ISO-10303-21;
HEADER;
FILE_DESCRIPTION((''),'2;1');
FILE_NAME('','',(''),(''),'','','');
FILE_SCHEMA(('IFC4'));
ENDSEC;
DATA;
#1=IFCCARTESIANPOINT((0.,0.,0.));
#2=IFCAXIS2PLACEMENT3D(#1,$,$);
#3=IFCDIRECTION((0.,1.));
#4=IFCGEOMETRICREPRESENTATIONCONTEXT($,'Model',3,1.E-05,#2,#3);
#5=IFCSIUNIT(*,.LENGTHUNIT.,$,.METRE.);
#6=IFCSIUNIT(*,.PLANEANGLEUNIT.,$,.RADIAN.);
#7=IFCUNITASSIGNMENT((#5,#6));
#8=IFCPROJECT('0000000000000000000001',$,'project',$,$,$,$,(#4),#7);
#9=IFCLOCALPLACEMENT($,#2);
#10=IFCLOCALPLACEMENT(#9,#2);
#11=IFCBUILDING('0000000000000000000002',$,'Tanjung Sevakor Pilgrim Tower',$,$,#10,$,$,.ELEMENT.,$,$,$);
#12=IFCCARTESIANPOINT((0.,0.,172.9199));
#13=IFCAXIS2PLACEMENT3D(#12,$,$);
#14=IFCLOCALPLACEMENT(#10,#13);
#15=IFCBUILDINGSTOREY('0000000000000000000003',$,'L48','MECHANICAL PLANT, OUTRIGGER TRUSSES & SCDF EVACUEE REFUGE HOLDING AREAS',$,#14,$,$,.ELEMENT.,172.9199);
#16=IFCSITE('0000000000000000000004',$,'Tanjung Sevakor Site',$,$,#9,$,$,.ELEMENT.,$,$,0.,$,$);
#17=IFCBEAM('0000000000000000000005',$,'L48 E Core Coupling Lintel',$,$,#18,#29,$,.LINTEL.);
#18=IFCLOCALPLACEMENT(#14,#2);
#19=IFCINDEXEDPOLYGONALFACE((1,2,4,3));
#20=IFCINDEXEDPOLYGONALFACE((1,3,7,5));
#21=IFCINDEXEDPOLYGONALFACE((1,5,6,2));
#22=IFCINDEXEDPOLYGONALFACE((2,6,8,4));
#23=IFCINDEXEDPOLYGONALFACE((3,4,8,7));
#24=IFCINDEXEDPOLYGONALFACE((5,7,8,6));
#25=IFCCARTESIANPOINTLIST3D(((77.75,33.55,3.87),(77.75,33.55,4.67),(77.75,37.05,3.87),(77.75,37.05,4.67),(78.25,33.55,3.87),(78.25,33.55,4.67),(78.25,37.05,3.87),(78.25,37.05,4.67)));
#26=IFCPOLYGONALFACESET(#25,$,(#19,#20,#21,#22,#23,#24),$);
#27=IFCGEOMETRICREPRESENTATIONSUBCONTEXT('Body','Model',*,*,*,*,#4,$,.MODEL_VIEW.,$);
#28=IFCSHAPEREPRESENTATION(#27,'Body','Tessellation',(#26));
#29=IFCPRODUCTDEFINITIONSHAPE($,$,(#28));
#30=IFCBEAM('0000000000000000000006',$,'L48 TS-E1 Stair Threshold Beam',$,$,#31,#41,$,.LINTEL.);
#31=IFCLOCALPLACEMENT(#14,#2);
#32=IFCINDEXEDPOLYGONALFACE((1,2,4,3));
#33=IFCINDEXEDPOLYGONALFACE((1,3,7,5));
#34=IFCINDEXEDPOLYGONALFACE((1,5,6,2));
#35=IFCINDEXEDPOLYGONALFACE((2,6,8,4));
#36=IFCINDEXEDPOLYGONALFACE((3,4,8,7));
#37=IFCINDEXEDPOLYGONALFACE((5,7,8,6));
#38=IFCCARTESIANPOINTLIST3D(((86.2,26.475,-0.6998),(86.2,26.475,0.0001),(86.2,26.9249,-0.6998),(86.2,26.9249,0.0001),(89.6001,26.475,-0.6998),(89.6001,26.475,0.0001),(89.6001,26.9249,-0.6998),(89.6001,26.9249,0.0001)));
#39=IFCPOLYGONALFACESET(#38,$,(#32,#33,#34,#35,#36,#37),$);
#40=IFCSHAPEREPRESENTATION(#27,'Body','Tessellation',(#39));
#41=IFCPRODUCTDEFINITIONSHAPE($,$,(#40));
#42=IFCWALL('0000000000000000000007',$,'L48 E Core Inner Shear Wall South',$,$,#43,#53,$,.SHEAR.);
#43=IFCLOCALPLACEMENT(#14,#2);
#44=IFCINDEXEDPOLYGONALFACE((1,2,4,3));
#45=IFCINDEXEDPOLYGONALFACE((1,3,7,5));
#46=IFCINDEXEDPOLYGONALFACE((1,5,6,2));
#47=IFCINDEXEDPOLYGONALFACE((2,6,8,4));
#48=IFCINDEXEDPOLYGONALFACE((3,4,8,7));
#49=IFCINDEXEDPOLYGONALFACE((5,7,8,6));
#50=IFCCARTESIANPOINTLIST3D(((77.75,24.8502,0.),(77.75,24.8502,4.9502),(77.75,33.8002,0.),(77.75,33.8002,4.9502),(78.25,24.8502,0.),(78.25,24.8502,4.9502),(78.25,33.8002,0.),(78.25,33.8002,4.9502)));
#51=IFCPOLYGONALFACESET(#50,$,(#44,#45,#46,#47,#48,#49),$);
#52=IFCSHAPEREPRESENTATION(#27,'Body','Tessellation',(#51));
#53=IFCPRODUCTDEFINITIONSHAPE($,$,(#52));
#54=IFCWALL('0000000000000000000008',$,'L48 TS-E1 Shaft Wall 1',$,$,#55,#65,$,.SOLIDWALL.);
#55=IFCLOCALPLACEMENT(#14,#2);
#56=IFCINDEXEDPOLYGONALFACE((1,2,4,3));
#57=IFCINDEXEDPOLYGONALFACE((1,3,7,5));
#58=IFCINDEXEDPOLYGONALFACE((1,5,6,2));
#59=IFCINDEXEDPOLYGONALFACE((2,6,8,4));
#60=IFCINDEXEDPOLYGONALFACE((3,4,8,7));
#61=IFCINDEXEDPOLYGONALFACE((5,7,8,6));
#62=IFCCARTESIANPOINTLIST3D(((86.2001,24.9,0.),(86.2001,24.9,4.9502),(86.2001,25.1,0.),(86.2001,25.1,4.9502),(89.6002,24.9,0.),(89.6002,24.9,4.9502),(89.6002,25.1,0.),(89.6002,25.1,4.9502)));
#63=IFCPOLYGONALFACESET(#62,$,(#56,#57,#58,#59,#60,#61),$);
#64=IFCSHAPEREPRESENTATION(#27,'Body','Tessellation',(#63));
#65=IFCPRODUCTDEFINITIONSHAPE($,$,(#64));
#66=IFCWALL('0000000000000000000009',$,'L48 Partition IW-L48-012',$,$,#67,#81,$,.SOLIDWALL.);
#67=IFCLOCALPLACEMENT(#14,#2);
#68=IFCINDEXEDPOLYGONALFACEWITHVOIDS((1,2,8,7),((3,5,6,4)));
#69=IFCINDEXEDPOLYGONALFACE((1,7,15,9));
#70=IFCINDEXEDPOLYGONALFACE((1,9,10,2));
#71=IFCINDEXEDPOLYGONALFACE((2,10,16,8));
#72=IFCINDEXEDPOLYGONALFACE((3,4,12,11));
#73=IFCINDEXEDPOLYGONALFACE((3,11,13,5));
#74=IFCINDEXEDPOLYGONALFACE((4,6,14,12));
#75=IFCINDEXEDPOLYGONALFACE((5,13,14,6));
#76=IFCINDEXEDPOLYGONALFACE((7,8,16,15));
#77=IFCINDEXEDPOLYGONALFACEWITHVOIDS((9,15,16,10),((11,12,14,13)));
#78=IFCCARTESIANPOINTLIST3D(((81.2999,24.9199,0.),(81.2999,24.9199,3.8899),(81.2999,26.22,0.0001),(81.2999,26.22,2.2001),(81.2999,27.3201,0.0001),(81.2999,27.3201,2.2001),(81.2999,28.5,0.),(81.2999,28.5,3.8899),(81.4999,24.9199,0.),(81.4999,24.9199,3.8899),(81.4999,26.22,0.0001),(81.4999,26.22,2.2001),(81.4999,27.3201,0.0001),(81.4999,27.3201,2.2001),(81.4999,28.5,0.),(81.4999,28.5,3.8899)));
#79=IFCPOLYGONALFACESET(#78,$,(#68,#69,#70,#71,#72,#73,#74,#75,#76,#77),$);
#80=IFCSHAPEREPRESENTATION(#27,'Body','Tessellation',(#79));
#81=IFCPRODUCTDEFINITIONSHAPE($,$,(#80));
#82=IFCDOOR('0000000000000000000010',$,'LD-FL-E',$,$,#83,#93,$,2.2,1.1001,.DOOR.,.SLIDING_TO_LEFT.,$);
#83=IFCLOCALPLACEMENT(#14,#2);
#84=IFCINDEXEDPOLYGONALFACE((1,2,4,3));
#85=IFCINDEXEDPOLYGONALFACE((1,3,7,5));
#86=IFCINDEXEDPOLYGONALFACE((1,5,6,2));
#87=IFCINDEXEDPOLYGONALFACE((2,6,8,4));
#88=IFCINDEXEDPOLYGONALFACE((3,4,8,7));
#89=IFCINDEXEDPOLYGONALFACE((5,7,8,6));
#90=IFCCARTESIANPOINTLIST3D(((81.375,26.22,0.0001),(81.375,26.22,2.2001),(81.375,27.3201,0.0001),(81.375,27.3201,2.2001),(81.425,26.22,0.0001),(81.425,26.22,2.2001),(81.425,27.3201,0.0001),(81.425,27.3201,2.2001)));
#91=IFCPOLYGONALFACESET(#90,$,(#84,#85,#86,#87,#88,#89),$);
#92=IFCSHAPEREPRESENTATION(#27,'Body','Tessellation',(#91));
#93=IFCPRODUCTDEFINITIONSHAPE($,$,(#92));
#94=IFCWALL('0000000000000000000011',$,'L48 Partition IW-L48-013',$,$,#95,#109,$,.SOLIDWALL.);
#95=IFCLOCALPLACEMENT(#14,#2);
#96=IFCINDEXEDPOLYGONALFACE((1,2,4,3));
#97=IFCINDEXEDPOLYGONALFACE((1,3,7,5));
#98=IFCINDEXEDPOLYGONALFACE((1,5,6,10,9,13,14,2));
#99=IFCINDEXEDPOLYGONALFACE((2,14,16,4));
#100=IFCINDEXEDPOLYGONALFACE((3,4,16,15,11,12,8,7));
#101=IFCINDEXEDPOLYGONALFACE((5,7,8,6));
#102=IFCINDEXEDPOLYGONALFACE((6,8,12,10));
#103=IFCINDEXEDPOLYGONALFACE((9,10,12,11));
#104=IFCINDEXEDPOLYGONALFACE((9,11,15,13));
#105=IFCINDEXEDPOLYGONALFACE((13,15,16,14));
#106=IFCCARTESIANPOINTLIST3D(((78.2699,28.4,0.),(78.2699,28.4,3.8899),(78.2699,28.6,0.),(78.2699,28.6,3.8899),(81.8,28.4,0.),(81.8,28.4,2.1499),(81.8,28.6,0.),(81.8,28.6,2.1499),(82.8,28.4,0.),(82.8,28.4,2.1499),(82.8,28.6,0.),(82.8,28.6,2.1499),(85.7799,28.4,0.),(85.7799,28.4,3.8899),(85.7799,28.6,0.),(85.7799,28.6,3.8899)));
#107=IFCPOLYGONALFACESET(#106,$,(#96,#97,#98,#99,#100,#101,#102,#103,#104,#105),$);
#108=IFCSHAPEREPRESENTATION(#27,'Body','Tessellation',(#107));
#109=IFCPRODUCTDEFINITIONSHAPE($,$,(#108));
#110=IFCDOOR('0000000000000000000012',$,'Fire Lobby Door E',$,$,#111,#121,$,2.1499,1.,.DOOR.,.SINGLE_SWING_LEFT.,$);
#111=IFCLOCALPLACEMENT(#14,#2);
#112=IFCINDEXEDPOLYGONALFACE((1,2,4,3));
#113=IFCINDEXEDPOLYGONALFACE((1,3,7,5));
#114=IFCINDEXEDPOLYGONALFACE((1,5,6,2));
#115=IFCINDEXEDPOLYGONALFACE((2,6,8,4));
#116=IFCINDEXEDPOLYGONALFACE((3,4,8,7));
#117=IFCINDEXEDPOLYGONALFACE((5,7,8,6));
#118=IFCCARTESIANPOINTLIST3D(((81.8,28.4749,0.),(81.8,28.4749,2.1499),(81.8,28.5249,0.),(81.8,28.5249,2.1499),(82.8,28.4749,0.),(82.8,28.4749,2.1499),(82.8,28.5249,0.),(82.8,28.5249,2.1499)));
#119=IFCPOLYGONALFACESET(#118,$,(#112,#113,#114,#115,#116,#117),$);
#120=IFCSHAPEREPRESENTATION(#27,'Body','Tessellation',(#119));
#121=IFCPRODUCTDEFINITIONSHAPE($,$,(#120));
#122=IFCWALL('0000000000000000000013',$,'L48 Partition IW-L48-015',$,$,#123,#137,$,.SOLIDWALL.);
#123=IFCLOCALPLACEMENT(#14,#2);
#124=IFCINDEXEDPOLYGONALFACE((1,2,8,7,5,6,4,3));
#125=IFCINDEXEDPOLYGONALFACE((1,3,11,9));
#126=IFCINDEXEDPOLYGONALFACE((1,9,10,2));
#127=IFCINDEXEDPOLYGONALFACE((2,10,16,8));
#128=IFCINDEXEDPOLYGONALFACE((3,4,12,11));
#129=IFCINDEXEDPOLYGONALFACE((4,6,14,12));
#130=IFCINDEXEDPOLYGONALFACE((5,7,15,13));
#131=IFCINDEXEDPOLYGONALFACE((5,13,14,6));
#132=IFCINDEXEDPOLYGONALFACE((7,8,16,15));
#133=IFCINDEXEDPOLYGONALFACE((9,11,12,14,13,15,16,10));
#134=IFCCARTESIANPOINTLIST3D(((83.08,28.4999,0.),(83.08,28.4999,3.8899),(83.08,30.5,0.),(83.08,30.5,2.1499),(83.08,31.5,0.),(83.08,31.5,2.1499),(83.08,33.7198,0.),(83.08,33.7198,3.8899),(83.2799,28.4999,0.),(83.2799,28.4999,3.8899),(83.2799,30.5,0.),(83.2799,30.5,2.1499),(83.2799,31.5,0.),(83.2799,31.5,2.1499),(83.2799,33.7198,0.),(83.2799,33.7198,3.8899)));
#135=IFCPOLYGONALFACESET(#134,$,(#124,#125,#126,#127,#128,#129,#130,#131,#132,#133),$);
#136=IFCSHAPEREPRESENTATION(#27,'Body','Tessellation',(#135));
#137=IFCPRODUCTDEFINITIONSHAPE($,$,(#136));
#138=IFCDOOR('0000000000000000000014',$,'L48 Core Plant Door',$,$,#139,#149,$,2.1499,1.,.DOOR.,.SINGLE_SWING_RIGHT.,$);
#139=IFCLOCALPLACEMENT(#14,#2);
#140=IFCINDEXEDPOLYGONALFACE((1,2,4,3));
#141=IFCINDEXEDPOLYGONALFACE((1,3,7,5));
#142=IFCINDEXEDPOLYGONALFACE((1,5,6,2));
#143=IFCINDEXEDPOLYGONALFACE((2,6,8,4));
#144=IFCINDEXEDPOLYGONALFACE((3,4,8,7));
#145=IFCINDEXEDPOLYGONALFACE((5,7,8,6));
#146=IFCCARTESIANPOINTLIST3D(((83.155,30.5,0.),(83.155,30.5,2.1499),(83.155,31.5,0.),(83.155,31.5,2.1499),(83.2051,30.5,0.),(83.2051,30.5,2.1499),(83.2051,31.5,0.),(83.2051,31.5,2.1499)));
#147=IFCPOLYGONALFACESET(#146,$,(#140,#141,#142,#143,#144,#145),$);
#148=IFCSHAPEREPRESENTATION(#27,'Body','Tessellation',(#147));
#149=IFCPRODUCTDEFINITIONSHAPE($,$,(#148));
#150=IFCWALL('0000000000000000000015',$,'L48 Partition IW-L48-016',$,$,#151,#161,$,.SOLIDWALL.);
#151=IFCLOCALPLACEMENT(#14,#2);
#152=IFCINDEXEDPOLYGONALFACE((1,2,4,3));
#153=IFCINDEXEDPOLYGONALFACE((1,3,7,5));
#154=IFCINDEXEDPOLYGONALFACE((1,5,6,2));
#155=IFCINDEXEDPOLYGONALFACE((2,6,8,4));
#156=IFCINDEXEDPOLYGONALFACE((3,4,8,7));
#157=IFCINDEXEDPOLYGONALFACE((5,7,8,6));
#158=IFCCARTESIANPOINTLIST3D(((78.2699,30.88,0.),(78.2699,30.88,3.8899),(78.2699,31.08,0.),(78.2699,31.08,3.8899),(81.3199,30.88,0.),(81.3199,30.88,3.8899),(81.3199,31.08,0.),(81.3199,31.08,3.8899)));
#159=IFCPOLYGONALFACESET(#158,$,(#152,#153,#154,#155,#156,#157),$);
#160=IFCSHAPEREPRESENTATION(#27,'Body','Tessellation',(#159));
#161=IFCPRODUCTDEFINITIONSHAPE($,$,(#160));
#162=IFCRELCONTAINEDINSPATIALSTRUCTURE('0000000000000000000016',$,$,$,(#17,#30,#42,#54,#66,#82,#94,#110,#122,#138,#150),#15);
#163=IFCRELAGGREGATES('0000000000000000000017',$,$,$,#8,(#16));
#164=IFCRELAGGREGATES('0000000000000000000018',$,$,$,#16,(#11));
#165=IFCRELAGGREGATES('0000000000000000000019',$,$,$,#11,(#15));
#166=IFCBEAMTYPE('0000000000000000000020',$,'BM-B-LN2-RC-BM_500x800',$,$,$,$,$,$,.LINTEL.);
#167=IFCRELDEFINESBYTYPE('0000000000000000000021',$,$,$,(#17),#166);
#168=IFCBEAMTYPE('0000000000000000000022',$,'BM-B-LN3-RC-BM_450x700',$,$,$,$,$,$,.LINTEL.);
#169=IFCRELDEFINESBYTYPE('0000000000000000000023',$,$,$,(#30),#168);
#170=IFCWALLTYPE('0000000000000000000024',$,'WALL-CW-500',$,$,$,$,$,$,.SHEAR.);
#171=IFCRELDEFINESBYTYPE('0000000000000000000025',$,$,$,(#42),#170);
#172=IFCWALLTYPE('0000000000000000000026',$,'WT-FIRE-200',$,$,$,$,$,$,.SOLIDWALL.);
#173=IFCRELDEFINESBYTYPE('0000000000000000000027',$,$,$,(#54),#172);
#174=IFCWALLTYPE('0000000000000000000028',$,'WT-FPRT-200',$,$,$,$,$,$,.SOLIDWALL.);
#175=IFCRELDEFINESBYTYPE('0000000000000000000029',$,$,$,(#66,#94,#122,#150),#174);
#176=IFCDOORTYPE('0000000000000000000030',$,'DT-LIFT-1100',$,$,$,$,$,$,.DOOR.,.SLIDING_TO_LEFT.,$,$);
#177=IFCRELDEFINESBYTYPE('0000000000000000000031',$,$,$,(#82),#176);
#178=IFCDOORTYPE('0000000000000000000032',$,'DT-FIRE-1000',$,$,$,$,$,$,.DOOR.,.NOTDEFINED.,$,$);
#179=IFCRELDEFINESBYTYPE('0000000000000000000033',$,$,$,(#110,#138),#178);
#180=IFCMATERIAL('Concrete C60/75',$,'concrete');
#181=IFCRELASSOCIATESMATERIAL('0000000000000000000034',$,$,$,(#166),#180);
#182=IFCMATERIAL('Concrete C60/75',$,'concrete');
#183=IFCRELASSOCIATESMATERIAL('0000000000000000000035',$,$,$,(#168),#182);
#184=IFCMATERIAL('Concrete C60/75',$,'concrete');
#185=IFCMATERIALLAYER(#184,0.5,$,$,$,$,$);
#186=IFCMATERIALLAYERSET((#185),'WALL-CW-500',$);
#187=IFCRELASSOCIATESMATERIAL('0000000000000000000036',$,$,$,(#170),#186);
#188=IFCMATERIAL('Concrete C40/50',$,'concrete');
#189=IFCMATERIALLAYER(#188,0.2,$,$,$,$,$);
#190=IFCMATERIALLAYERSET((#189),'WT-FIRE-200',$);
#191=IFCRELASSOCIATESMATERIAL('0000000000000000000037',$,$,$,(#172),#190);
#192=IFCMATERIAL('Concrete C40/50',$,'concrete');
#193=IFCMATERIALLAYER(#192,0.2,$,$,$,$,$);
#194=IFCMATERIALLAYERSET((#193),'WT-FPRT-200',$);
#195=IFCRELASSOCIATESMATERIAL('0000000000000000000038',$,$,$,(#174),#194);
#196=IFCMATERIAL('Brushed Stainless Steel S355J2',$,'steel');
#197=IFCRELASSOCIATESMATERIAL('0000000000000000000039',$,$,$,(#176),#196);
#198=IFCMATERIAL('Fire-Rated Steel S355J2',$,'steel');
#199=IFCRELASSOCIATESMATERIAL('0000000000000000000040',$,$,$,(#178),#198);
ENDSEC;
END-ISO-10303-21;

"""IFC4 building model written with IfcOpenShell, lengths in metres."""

from ifc_helpers import new_model, si_unit, direction, frame, frame_2d, origin, origin_2d, place, context, subcontext, project, spatial, rectangle, extrude, material, layer, layer_set, material_profile, profile_set, type_object, element, fill, save


model = new_model("IFC4")

# Units and contexts
model_context = context("Model", 3, precision=1e-05, world=origin(), true_north=direction((0.0, 1.0)))
body_context = subcontext(model_context, "Body", "Model", "MODEL_VIEW")
ifc_project = project(units=[si_unit("LENGTHUNIT", "METRE"), si_unit("PLANEANGLEUNIT", "RADIAN")], contexts=[model_context])

# Site, building, storey
site_placement = place(None, origin())
site = spatial("IfcSite", under=ifc_project, at=site_placement, Name="Tanjung Sevakor Site", CompositionType="ELEMENT", RefElevation=0.0)
building_placement = place(site_placement, origin())
building = spatial("IfcBuilding", under=site, at=building_placement, Name="Tanjung Sevakor Pilgrim Tower", CompositionType="ELEMENT")
storey_placement = place(building_placement, frame((0.0, 0.0, 172.9199)))
storey = spatial("IfcBuildingStorey", under=building, at=storey_placement, Name="L48", Description="MECHANICAL PLANT, OUTRIGGER TRUSSES & SCDF EVACUEE REFUGE HOLDING AREAS", CompositionType="ELEMENT", Elevation=172.9199)

# Beams
ifc_material_1 = material(Name="Concrete C60/75", Category="concrete")
ifc_material_profile_1 = material_profile(ifc_material_1, rectangle(XDim=0.5, YDim=0.8, at=origin_2d()))
ifc_profile_set_1 = profile_set([ifc_material_profile_1], Name="Concrete C60/75")
beam_type_1 = type_object("IfcBeamType", Name="BM-B-LN2-RC-BM_500x800", PredefinedType="LINTEL", material=ifc_profile_set_1)
beam_1_placement = place(storey_placement, frame((78.0, 33.55, 4.27), z_axis=(0.0, 1.0, 0.0), x_axis=(-1.0, 0.0, 0.0)))
element("IfcBeam", 1, at=beam_1_placement, inside=storey, type_object=beam_type_1, Name="L48 E Core Coupling Lintel", PredefinedType="LINTEL", context=body_context, shape_type="SweptSolid", body=[
    extrude(rectangle(XDim=0.5, YDim=0.8, at=origin_2d()), origin(), (0.0, 0.0, 1.0), 3.5),
])
ifc_material_2 = material(Name="Concrete C60/75", Category="concrete")
ifc_material_profile_2 = material_profile(ifc_material_2, rectangle(XDim=0.45, YDim=0.7, at=origin_2d()))
ifc_profile_set_2 = profile_set([ifc_material_profile_2], Name="Concrete C60/75")
beam_type_2 = type_object("IfcBeamType", Name="BM-B-LN3-RC-BM_450x700", PredefinedType="LINTEL", material=ifc_profile_set_2)
beam_2_placement = place(storey_placement, frame((86.2, 26.7, -0.3499), z_axis=(1.0, 0.0, 0.0), x_axis=(0.0, 1.0, 0.0)))
element("IfcBeam", 2, at=beam_2_placement, inside=storey, type_object=beam_type_2, Name="L48 TS-E1 Stair Threshold Beam", PredefinedType="LINTEL", context=body_context, shape_type="SweptSolid", body=[
    extrude(rectangle(XDim=0.45, YDim=0.7, at=origin_2d()), origin(), (0.0, 0.0, 1.0), 3.4001),
])

# Wall
ifc_material_3 = material(Name="Concrete C60/75", Category="concrete")
ifc_layer_1 = layer(ifc_material_3, 0.5)
ifc_layer_set_1 = layer_set([ifc_layer_1], Name="WALL-CW-500")
wall_type_1 = type_object("IfcWallType", Name="WALL-CW-500", PredefinedType="SHEAR", material=ifc_layer_set_1)
wall_1_placement = place(storey_placement, frame((78.0, 24.8501, 0.0), z_axis=(0.0, 0.0, 1.0), x_axis=(0.0, 1.0, 0.0)))
element("IfcWall", 3, at=wall_1_placement, inside=storey, type_object=wall_type_1, Name="L48 E Core Inner Shear Wall South", PredefinedType="SHEAR", context=body_context, shape_type="SweptSolid", body=[
    extrude(rectangle(XDim=8.95, YDim=0.5, at=frame_2d((4.4751, 0.0))), origin(), (0.0, 0.0, 1.0), 4.9502),
])

# Wall
ifc_material_4 = material(Name="Concrete C40/50", Category="concrete")
ifc_layer_2 = layer(ifc_material_4, 0.2)
ifc_layer_set_2 = layer_set([ifc_layer_2], Name="WT-FIRE-200")
wall_type_2 = type_object("IfcWallType", Name="WT-FIRE-200", PredefinedType="SOLIDWALL", material=ifc_layer_set_2)
wall_2_placement = place(storey_placement, frame((86.2, 25.0, 0.0), z_axis=(0.0, 0.0, 1.0), x_axis=(1.0, 0.0, 0.0)))
element("IfcWall", 4, at=wall_2_placement, inside=storey, type_object=wall_type_2, Name="L48 TS-E1 Shaft Wall 1", PredefinedType="SOLIDWALL", context=body_context, shape_type="SweptSolid", body=[
    extrude(rectangle(XDim=3.4001, YDim=0.2, at=frame_2d((1.7002, 0.0))), origin(), (0.0, 0.0, 1.0), 4.9502),
])

# Walls, openings, doors
ifc_material_5 = material(Name="Concrete C40/50", Category="concrete")
ifc_layer_3 = layer(ifc_material_5, 0.2)
ifc_layer_set_3 = layer_set([ifc_layer_3], Name="WT-FPRT-200")
wall_type_3 = type_object("IfcWallType", Name="WT-FPRT-200", PredefinedType="SOLIDWALL", material=ifc_layer_set_3)
wall_3_placement = place(storey_placement, frame((81.3999, 24.9199, 0.0), z_axis=(0.0, 0.0, 1.0), x_axis=(0.0, 1.0, 0.0)))
wall_3 = element("IfcWall", 5, at=wall_3_placement, inside=storey, type_object=wall_type_3, Name="L48 Partition IW-L48-012", PredefinedType="SOLIDWALL", context=body_context, shape_type="SweptSolid", body=[
    extrude(rectangle(XDim=3.5801, YDim=0.2, at=frame_2d((1.79, 0.0))), origin(), (0.0, 0.0, 1.0), 3.8899),
])
opening_1_placement = place(wall_3_placement, frame((1.3, 0.0, 0.0)))
opening_1 = element("IfcOpeningElement", 6, at=opening_1_placement, cuts=wall_3, PredefinedType="OPENING", context=body_context, shape_type="SweptSolid", body=[
    extrude(rectangle(XDim=1.1001, YDim=2.2, at=frame_2d((0.55, 1.1001))), frame((0.0, 0.1099, 0.0), z_axis=(0.0, -1.0, 0.0), x_axis=(1.0, 0.0, 0.0)), (0.0, 0.0, 1.0), 0.22),
])
ifc_material_6 = material(Name="Brushed Stainless Steel S355J2", Category="steel")
door_type_1 = type_object("IfcDoorType", Name="DT-LIFT-1100", OperationType="SLIDING_TO_LEFT", PredefinedType="DOOR", material=ifc_material_6)
door_1_placement = place(opening_1_placement, origin())
door_1 = element("IfcDoor", 7, at=door_1_placement, inside=storey, type_object=door_type_1, Name="LD-FL-E", OperationType="SLIDING_TO_LEFT", OverallHeight=2.2, OverallWidth=1.1001, PredefinedType="DOOR", context=body_context, shape_type="SweptSolid", body=[
    extrude(rectangle(XDim=1.1001, YDim=2.2, at=frame_2d((0.55, 1.1001))), frame((0.0, 0.0249, 0.0), z_axis=(0.0, -1.0, 0.0), x_axis=(1.0, 0.0, 0.0)), (0.0, 0.0, 1.0), 0.05),
])
fill(opening_1, door_1)
wall_4_placement = place(storey_placement, frame((78.27, 28.5, 0.0), z_axis=(0.0, 0.0, 1.0), x_axis=(1.0, 0.0, 0.0)))
wall_4 = element("IfcWall", 8, at=wall_4_placement, inside=storey, type_object=wall_type_3, Name="L48 Partition IW-L48-013", PredefinedType="SOLIDWALL", context=body_context, shape_type="SweptSolid", body=[
    extrude(rectangle(XDim=7.51, YDim=0.2, at=frame_2d((3.7549, 0.0))), origin(), (0.0, 0.0, 1.0), 3.8899),
])
opening_2_placement = place(wall_4_placement, frame((3.53, 0.0, 0.0)))
opening_2 = element("IfcOpeningElement", 9, at=opening_2_placement, cuts=wall_4, PredefinedType="OPENING", context=body_context, shape_type="SweptSolid", body=[
    extrude(rectangle(XDim=1.0, YDim=2.1499, at=frame_2d((0.5, 1.075))), frame((0.0, 0.1099, 0.0), z_axis=(0.0, -1.0, 0.0), x_axis=(1.0, 0.0, 0.0)), (0.0, 0.0, 1.0), 0.22),
])
ifc_material_7 = material(Name="Fire-Rated Steel S355J2", Category="steel")
door_type_2 = type_object("IfcDoorType", Name="DT-FIRE-1000", OperationType="NOTDEFINED", PredefinedType="DOOR", material=ifc_material_7)
door_2_placement = place(opening_2_placement, origin())
door_2 = element("IfcDoor", 10, at=door_2_placement, inside=storey, type_object=door_type_2, Name="Fire Lobby Door E", OperationType="SINGLE_SWING_LEFT", OverallHeight=2.1499, OverallWidth=1.0, PredefinedType="DOOR", context=body_context, shape_type="SweptSolid", body=[
    extrude(rectangle(XDim=1.0, YDim=2.1499, at=frame_2d((0.5, 1.075))), frame((0.0, 0.0249, 0.0), z_axis=(0.0, -1.0, 0.0), x_axis=(1.0, 0.0, 0.0)), (0.0, 0.0, 1.0), 0.05),
])
fill(opening_2, door_2)
wall_5_placement = place(storey_placement, frame((83.1799, 28.5, 0.0), z_axis=(0.0, 0.0, 1.0), x_axis=(0.0, 1.0, 0.0)))
wall_5 = element("IfcWall", 11, at=wall_5_placement, inside=storey, type_object=wall_type_3, Name="L48 Partition IW-L48-015", PredefinedType="SOLIDWALL", context=body_context, shape_type="SweptSolid", body=[
    extrude(rectangle(XDim=5.22, YDim=0.2, at=frame_2d((2.6099, 0.0))), origin(), (0.0, 0.0, 1.0), 3.8899),
])
opening_3_placement = place(wall_5_placement, frame((2.0, 0.0, 0.0)))
opening_3 = element("IfcOpeningElement", 12, at=opening_3_placement, cuts=wall_5, PredefinedType="OPENING", context=body_context, shape_type="SweptSolid", body=[
    extrude(rectangle(XDim=1.0, YDim=2.1499, at=frame_2d((0.5, 1.075))), frame((0.0, 0.1099, 0.0), z_axis=(0.0, -1.0, 0.0), x_axis=(1.0, 0.0, 0.0)), (0.0, 0.0, 1.0), 0.22),
])
door_3_placement = place(opening_3_placement, origin())
door_3 = element("IfcDoor", 13, at=door_3_placement, inside=storey, type_object=door_type_2, Name="L48 Core Plant Door", OperationType="SINGLE_SWING_RIGHT", OverallHeight=2.1499, OverallWidth=1.0, PredefinedType="DOOR", context=body_context, shape_type="SweptSolid", body=[
    extrude(rectangle(XDim=1.0, YDim=2.1499, at=frame_2d((0.5, 1.075))), frame((0.0, 0.0249, 0.0), z_axis=(0.0, -1.0, 0.0), x_axis=(1.0, 0.0, 0.0)), (0.0, 0.0, 1.0), 0.05),
])
fill(opening_3, door_3)

# Wall
wall_6_placement = place(storey_placement, frame((78.27, 30.98, 0.0), z_axis=(0.0, 0.0, 1.0), x_axis=(1.0, 0.0, 0.0)))
element("IfcWall", 14, at=wall_6_placement, inside=storey, type_object=wall_type_3, Name="L48 Partition IW-L48-016", PredefinedType="SOLIDWALL", context=body_context, shape_type="SweptSolid", body=[
    extrude(rectangle(XDim=3.05, YDim=0.2, at=frame_2d((1.5249, 0.0))), origin(), (0.0, 0.0, 1.0), 3.8899),
])

save(model, "model.ifc")
